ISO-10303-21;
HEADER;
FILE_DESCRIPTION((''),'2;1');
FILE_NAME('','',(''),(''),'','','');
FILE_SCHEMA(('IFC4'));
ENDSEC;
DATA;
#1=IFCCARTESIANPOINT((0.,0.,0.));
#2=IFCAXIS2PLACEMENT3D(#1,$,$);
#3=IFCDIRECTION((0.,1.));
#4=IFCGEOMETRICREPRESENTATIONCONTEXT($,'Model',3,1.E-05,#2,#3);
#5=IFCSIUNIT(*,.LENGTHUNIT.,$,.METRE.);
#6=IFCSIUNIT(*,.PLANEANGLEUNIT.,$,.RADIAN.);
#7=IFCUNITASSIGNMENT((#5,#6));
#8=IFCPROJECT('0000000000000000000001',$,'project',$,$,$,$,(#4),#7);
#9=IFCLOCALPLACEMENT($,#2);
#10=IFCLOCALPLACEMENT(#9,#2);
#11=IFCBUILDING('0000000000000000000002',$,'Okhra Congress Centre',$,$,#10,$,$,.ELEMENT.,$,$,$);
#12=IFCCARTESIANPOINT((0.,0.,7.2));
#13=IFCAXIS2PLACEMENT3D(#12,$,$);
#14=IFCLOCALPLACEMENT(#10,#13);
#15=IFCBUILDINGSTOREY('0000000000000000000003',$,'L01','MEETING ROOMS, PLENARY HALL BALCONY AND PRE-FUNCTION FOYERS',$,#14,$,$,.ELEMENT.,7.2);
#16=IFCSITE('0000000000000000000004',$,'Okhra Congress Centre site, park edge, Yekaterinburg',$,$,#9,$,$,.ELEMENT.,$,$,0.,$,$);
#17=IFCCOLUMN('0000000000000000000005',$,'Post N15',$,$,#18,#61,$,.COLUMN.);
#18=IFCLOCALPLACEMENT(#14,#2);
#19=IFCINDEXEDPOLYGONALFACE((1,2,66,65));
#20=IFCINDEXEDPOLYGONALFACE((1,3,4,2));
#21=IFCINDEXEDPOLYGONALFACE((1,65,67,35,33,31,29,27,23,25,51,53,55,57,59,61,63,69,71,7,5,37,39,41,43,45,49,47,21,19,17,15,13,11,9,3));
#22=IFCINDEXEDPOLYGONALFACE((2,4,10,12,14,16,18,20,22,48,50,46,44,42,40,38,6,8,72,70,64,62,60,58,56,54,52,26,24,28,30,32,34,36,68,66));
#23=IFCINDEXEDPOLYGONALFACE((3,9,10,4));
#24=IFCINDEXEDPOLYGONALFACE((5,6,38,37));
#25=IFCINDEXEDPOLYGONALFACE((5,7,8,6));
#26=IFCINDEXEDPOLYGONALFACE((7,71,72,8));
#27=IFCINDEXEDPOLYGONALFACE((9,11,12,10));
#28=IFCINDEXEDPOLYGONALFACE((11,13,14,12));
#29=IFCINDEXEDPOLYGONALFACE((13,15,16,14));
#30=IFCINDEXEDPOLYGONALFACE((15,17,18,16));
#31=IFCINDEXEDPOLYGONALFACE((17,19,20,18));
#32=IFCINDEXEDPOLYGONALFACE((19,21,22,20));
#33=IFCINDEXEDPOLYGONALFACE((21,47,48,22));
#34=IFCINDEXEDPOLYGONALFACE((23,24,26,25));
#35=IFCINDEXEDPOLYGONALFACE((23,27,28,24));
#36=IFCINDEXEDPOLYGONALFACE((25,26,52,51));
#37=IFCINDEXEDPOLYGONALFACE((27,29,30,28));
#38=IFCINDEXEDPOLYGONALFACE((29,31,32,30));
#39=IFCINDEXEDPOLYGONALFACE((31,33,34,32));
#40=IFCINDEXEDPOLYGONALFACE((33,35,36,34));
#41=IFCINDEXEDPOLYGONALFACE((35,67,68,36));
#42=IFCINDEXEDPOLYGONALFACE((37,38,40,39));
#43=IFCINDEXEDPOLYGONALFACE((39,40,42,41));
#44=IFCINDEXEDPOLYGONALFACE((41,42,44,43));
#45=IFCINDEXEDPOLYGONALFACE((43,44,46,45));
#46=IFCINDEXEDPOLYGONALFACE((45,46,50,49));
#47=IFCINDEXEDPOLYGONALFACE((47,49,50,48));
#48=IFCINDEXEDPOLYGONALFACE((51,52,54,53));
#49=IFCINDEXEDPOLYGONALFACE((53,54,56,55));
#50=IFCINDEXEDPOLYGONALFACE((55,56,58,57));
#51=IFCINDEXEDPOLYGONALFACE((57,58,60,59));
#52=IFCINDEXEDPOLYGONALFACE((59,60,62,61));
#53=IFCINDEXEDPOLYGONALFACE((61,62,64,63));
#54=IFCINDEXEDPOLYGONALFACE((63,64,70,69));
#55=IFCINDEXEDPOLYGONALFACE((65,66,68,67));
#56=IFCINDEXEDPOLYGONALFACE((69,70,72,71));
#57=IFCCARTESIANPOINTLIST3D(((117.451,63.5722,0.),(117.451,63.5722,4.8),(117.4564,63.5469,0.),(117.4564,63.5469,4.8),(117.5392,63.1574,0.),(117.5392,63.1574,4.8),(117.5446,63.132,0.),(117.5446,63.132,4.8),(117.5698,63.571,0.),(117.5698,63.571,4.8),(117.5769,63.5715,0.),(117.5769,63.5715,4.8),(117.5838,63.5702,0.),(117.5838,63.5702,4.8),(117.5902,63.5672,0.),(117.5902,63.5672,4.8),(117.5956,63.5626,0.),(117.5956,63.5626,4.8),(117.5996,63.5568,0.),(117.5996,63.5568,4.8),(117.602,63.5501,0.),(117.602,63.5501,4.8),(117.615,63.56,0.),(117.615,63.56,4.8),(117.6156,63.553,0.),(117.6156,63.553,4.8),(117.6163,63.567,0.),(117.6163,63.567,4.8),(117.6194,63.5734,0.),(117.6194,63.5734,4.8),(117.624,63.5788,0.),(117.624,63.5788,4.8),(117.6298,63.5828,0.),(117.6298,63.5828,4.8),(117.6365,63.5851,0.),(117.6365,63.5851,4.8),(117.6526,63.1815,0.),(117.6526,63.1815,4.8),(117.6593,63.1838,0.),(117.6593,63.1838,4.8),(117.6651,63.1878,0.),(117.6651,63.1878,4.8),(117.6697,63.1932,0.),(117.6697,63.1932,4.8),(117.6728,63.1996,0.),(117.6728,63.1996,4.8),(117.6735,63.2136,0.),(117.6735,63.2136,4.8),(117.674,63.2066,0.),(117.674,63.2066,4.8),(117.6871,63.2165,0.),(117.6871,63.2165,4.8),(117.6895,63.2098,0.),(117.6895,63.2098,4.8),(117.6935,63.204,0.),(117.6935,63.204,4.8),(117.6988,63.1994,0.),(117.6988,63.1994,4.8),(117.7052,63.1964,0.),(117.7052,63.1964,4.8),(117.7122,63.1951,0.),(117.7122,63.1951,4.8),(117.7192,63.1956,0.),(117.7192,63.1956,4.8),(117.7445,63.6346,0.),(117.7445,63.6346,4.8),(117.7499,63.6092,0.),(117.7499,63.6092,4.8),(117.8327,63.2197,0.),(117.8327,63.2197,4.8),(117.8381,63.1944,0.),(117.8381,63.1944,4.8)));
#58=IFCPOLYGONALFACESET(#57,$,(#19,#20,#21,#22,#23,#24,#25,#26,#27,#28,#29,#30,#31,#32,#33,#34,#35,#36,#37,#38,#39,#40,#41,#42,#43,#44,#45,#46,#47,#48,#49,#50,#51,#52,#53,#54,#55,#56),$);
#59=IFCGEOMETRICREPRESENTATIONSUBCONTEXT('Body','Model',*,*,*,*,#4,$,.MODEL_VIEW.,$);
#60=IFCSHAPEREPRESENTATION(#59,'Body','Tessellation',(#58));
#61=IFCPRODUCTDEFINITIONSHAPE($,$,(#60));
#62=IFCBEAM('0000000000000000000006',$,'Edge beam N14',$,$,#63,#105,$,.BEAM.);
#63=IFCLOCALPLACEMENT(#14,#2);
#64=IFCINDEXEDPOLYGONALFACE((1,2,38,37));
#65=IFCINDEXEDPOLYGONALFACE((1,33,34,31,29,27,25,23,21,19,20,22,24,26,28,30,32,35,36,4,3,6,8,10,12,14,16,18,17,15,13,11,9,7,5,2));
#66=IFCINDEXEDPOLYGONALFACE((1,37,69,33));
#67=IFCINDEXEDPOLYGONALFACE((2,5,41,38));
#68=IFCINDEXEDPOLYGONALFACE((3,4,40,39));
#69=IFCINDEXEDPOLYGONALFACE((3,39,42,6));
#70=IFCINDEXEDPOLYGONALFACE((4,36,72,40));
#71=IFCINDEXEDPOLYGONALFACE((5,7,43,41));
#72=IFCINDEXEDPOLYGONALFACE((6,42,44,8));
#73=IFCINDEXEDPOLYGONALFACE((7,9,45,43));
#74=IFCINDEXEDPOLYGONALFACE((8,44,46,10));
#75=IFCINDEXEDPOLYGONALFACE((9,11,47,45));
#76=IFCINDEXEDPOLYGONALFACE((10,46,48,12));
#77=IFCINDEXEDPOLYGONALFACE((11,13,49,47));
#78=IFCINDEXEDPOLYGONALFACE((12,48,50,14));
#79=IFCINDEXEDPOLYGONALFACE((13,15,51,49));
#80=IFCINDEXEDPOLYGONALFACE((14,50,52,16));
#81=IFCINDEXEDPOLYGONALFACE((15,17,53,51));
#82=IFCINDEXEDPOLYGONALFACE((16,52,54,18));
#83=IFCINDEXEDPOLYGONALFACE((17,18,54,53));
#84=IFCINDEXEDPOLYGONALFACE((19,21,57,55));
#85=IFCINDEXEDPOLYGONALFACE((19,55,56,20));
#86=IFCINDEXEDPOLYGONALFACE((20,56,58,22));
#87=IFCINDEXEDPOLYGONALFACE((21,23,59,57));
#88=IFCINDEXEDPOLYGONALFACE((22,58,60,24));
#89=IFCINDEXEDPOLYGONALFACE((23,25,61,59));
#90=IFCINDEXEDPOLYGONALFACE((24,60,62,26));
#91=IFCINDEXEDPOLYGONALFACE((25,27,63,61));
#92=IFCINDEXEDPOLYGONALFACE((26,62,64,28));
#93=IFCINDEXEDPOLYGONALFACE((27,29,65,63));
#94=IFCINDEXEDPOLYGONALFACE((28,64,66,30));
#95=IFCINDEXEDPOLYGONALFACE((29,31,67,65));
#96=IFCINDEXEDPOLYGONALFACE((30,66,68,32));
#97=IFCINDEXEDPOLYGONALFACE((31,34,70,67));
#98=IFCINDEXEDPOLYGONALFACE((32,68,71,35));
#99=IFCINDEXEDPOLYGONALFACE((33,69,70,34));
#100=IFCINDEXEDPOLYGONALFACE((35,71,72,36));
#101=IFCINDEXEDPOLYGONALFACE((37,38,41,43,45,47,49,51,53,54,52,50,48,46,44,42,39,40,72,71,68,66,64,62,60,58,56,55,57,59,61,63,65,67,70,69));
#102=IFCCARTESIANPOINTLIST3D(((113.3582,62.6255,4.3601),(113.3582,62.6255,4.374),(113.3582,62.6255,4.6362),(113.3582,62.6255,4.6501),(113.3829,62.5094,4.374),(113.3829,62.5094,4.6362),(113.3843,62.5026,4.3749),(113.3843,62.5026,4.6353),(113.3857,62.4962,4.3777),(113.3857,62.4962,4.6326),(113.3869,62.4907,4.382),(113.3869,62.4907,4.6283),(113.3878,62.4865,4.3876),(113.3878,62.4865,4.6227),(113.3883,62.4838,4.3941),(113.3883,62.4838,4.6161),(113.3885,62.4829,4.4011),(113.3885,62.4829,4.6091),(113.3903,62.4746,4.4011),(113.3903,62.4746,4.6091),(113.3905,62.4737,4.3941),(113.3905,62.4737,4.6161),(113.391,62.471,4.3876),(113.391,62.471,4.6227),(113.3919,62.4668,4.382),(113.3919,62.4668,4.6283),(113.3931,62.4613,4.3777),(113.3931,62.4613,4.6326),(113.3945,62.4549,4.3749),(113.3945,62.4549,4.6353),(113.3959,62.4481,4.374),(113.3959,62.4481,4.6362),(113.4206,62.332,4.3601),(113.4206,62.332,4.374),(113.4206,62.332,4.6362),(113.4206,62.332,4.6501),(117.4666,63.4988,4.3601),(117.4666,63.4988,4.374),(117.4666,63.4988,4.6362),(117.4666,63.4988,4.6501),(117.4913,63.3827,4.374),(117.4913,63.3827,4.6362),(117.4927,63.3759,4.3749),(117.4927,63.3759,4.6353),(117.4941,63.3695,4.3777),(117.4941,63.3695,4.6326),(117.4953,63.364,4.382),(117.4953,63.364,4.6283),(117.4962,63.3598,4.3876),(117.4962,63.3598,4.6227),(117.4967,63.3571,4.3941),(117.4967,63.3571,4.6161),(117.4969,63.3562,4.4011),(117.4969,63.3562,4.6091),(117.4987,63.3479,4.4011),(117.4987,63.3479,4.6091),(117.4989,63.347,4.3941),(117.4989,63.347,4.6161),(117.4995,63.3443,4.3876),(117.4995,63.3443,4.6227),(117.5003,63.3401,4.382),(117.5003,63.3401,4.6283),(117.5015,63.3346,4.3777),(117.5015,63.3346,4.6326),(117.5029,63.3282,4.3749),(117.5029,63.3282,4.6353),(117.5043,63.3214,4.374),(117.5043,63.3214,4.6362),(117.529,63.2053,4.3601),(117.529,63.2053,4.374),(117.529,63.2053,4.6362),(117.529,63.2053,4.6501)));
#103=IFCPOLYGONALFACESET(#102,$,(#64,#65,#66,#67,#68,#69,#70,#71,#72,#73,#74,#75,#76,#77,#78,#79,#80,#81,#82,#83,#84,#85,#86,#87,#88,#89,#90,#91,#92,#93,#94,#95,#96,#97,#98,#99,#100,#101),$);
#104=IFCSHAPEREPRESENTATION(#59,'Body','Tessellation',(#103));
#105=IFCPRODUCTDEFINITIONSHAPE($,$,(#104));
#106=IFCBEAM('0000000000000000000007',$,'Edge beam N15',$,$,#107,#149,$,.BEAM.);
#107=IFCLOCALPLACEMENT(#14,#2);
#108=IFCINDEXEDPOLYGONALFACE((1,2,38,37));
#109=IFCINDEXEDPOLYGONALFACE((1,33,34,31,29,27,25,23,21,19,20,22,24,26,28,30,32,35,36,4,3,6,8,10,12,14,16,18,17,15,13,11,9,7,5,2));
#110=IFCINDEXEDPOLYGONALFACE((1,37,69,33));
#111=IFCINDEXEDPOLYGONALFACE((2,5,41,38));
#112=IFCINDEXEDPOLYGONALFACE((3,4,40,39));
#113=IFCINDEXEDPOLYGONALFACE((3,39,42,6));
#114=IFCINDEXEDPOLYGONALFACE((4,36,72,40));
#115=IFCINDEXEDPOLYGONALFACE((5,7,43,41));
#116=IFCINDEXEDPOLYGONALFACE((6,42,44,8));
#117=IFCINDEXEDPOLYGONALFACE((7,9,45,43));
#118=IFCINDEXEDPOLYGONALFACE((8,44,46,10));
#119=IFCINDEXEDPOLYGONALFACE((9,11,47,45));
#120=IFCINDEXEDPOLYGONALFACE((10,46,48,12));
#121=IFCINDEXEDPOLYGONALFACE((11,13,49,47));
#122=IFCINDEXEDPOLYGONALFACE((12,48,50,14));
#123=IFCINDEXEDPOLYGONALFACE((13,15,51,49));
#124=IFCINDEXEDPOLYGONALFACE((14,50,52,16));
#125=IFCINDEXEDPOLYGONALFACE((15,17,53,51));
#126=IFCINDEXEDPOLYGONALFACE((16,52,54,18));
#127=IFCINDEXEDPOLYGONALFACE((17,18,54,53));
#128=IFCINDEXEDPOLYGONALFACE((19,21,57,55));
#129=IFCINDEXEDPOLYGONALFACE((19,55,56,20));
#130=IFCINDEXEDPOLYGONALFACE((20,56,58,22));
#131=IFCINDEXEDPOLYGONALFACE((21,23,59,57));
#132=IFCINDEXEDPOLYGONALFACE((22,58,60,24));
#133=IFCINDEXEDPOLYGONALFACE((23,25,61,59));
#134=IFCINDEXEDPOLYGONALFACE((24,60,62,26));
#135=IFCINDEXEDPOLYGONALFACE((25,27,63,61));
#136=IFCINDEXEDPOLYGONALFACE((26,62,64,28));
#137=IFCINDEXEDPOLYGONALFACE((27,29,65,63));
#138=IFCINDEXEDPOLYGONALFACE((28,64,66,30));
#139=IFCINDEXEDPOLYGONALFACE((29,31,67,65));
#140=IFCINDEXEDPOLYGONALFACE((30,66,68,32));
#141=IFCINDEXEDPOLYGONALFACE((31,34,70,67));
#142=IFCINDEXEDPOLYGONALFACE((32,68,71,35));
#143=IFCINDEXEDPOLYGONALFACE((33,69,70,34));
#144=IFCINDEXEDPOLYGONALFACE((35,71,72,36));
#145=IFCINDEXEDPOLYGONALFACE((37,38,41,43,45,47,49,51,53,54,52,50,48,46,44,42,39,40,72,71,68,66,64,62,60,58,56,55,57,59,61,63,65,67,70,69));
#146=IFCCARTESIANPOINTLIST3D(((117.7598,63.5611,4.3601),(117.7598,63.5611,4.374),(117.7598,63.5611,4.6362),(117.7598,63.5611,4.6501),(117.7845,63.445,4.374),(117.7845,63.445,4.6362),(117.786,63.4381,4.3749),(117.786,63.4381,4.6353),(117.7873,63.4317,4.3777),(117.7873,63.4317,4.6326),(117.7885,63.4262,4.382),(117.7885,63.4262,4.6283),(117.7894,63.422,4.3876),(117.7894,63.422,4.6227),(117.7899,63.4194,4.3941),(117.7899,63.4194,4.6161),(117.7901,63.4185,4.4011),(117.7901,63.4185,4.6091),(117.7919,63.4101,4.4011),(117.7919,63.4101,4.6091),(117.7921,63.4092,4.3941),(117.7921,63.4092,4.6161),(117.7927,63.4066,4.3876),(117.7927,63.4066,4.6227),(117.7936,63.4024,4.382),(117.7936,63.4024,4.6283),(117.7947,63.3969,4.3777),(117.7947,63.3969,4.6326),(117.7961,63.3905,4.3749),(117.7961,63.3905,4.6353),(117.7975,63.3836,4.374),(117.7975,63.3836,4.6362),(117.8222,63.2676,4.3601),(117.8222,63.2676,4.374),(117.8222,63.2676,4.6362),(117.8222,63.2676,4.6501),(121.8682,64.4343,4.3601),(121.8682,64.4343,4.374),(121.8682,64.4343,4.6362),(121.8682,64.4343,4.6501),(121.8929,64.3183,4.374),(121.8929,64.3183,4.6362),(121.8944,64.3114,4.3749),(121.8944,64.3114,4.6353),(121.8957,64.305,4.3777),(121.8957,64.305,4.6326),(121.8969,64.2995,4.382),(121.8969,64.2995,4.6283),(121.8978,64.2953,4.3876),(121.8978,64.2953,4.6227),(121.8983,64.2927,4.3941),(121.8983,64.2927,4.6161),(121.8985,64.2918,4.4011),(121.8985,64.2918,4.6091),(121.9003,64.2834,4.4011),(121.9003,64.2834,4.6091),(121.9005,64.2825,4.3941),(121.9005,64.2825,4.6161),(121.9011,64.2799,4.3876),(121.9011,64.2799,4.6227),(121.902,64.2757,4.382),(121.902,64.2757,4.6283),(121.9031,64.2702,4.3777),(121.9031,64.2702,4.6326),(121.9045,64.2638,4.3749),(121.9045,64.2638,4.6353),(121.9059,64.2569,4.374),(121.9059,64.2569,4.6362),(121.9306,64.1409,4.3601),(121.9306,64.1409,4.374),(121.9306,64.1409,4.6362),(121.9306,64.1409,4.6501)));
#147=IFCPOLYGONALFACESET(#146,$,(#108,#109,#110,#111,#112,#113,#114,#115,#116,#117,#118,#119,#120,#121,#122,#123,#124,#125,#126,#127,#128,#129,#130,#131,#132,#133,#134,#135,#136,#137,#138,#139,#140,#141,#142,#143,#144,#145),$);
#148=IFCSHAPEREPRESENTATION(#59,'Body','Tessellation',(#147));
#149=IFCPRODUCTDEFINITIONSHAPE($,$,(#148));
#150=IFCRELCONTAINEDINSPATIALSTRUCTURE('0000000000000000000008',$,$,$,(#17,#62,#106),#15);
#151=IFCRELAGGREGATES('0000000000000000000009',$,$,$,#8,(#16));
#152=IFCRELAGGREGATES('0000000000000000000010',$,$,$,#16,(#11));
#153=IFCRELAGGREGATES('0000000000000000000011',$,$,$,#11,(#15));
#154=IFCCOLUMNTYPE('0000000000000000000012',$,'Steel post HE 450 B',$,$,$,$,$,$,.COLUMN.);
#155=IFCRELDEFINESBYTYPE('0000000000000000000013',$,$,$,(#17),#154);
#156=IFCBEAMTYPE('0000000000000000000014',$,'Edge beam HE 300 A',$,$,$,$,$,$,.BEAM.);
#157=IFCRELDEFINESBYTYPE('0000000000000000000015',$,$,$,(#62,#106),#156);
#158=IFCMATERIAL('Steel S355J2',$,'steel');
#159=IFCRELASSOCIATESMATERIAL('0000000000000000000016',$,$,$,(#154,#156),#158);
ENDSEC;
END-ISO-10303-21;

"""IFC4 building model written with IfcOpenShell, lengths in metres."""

from ifc_helpers import new_model, si_unit, direction, frame, origin, origin_2d, place, context, subcontext, project, spatial, i_section, extrude, material, material_profile, profile_set, type_object, element, save


model = new_model("IFC4")

# Units and contexts
model_context = context("Model", 3, precision=1e-05, world=origin(), true_north=direction((0.0, 1.0)))
body_context = subcontext(model_context, "Body", "Model", "MODEL_VIEW")
ifc_project = project(units=[si_unit("LENGTHUNIT", "METRE"), si_unit("PLANEANGLEUNIT", "RADIAN")], contexts=[model_context])

# Site, building, storey
site_placement = place(None, origin())
site = spatial("IfcSite", under=ifc_project, at=site_placement, Name="Okhra Congress Centre site, park edge, Yekaterinburg", CompositionType="ELEMENT", RefElevation=0.0)
building_placement = place(site_placement, origin())
building = spatial("IfcBuilding", under=site, at=building_placement, Name="Okhra Congress Centre", CompositionType="ELEMENT")
storey_placement = place(building_placement, frame((0.0, 0.0, 7.2)))
storey = spatial("IfcBuildingStorey", under=building, at=storey_placement, Name="L01", Description="MEETING ROOMS, PLENARY HALL BALCONY AND PRE-FUNCTION FOYERS", CompositionType="ELEMENT", Elevation=7.2)

# Column
ifc_material_1 = material(Name="Steel S355J2", Category="steel")
ifc_material_profile_1 = material_profile(ifc_material_1, i_section(OverallWidth=0.3, OverallDepth=0.45, WebThickness=0.0139, FlangeThickness=0.0259, FilletRadius=0.0271, at=origin_2d()), Name="HE 450 B")
ifc_profile_set_1 = profile_set([ifc_material_profile_1], Name="Steel S355J2")
column_type = type_object("IfcColumnType", Name="Steel post HE 450 B", PredefinedType="COLUMN", material=ifc_profile_set_1)
column_placement = place(storey_placement, frame((117.6445, 63.3833, 0.0), z_axis=(0.0, 0.0, 1.0), x_axis=(0.978148, 0.207912, 0.0)))
element("IfcColumn", 1, at=column_placement, inside=storey, type_object=column_type, Name="Post N15", PredefinedType="COLUMN", context=body_context, shape_type="SweptSolid", body=[
    extrude(i_section(OverallWidth=0.3, OverallDepth=0.45, WebThickness=0.0139, FlangeThickness=0.0259, FilletRadius=0.0271, at=origin_2d()), origin(), (0.0, 0.0, 1.0), 4.8),
])

# Beams
ifc_material_profile_2 = material_profile(ifc_material_1, i_section(OverallWidth=0.3, OverallDepth=0.29, WebThickness=0.0085, FlangeThickness=0.0139, FilletRadius=0.0271, at=origin_2d()), Name="HE 300 A")
ifc_profile_set_2 = profile_set([ifc_material_profile_2], Name="Steel S355J2")
beam_type = type_object("IfcBeamType", Name="Edge beam HE 300 A", PredefinedType="BEAM", material=ifc_profile_set_2)
for number, where, z_axis, x_axis, name in (
    (2, (113.3894, 62.4788, 4.5051), (0.978146, 0.207917, 0.0), (-0.207917, 0.978146, 0.0), "Edge beam N14"),
    (3, (117.791, 63.4143, 4.5051), (0.978146, 0.207917, 0.0), (-0.207917, 0.978146, 0.0), "Edge beam N15"),
):
    element("IfcBeam", number, at=place(storey_placement, frame(where, z_axis=z_axis, x_axis=x_axis)), inside=storey, type_object=beam_type, Name=name, PredefinedType="BEAM", context=body_context, shape_type="SweptSolid", body=[
        extrude(i_section(OverallWidth=0.3, OverallDepth=0.29, WebThickness=0.0085, FlangeThickness=0.0139, FilletRadius=0.0271, at=origin_2d()), origin(), (0.0, 0.0, 1.0), 4.2002),
    ])

save(model, "model.ifc")
